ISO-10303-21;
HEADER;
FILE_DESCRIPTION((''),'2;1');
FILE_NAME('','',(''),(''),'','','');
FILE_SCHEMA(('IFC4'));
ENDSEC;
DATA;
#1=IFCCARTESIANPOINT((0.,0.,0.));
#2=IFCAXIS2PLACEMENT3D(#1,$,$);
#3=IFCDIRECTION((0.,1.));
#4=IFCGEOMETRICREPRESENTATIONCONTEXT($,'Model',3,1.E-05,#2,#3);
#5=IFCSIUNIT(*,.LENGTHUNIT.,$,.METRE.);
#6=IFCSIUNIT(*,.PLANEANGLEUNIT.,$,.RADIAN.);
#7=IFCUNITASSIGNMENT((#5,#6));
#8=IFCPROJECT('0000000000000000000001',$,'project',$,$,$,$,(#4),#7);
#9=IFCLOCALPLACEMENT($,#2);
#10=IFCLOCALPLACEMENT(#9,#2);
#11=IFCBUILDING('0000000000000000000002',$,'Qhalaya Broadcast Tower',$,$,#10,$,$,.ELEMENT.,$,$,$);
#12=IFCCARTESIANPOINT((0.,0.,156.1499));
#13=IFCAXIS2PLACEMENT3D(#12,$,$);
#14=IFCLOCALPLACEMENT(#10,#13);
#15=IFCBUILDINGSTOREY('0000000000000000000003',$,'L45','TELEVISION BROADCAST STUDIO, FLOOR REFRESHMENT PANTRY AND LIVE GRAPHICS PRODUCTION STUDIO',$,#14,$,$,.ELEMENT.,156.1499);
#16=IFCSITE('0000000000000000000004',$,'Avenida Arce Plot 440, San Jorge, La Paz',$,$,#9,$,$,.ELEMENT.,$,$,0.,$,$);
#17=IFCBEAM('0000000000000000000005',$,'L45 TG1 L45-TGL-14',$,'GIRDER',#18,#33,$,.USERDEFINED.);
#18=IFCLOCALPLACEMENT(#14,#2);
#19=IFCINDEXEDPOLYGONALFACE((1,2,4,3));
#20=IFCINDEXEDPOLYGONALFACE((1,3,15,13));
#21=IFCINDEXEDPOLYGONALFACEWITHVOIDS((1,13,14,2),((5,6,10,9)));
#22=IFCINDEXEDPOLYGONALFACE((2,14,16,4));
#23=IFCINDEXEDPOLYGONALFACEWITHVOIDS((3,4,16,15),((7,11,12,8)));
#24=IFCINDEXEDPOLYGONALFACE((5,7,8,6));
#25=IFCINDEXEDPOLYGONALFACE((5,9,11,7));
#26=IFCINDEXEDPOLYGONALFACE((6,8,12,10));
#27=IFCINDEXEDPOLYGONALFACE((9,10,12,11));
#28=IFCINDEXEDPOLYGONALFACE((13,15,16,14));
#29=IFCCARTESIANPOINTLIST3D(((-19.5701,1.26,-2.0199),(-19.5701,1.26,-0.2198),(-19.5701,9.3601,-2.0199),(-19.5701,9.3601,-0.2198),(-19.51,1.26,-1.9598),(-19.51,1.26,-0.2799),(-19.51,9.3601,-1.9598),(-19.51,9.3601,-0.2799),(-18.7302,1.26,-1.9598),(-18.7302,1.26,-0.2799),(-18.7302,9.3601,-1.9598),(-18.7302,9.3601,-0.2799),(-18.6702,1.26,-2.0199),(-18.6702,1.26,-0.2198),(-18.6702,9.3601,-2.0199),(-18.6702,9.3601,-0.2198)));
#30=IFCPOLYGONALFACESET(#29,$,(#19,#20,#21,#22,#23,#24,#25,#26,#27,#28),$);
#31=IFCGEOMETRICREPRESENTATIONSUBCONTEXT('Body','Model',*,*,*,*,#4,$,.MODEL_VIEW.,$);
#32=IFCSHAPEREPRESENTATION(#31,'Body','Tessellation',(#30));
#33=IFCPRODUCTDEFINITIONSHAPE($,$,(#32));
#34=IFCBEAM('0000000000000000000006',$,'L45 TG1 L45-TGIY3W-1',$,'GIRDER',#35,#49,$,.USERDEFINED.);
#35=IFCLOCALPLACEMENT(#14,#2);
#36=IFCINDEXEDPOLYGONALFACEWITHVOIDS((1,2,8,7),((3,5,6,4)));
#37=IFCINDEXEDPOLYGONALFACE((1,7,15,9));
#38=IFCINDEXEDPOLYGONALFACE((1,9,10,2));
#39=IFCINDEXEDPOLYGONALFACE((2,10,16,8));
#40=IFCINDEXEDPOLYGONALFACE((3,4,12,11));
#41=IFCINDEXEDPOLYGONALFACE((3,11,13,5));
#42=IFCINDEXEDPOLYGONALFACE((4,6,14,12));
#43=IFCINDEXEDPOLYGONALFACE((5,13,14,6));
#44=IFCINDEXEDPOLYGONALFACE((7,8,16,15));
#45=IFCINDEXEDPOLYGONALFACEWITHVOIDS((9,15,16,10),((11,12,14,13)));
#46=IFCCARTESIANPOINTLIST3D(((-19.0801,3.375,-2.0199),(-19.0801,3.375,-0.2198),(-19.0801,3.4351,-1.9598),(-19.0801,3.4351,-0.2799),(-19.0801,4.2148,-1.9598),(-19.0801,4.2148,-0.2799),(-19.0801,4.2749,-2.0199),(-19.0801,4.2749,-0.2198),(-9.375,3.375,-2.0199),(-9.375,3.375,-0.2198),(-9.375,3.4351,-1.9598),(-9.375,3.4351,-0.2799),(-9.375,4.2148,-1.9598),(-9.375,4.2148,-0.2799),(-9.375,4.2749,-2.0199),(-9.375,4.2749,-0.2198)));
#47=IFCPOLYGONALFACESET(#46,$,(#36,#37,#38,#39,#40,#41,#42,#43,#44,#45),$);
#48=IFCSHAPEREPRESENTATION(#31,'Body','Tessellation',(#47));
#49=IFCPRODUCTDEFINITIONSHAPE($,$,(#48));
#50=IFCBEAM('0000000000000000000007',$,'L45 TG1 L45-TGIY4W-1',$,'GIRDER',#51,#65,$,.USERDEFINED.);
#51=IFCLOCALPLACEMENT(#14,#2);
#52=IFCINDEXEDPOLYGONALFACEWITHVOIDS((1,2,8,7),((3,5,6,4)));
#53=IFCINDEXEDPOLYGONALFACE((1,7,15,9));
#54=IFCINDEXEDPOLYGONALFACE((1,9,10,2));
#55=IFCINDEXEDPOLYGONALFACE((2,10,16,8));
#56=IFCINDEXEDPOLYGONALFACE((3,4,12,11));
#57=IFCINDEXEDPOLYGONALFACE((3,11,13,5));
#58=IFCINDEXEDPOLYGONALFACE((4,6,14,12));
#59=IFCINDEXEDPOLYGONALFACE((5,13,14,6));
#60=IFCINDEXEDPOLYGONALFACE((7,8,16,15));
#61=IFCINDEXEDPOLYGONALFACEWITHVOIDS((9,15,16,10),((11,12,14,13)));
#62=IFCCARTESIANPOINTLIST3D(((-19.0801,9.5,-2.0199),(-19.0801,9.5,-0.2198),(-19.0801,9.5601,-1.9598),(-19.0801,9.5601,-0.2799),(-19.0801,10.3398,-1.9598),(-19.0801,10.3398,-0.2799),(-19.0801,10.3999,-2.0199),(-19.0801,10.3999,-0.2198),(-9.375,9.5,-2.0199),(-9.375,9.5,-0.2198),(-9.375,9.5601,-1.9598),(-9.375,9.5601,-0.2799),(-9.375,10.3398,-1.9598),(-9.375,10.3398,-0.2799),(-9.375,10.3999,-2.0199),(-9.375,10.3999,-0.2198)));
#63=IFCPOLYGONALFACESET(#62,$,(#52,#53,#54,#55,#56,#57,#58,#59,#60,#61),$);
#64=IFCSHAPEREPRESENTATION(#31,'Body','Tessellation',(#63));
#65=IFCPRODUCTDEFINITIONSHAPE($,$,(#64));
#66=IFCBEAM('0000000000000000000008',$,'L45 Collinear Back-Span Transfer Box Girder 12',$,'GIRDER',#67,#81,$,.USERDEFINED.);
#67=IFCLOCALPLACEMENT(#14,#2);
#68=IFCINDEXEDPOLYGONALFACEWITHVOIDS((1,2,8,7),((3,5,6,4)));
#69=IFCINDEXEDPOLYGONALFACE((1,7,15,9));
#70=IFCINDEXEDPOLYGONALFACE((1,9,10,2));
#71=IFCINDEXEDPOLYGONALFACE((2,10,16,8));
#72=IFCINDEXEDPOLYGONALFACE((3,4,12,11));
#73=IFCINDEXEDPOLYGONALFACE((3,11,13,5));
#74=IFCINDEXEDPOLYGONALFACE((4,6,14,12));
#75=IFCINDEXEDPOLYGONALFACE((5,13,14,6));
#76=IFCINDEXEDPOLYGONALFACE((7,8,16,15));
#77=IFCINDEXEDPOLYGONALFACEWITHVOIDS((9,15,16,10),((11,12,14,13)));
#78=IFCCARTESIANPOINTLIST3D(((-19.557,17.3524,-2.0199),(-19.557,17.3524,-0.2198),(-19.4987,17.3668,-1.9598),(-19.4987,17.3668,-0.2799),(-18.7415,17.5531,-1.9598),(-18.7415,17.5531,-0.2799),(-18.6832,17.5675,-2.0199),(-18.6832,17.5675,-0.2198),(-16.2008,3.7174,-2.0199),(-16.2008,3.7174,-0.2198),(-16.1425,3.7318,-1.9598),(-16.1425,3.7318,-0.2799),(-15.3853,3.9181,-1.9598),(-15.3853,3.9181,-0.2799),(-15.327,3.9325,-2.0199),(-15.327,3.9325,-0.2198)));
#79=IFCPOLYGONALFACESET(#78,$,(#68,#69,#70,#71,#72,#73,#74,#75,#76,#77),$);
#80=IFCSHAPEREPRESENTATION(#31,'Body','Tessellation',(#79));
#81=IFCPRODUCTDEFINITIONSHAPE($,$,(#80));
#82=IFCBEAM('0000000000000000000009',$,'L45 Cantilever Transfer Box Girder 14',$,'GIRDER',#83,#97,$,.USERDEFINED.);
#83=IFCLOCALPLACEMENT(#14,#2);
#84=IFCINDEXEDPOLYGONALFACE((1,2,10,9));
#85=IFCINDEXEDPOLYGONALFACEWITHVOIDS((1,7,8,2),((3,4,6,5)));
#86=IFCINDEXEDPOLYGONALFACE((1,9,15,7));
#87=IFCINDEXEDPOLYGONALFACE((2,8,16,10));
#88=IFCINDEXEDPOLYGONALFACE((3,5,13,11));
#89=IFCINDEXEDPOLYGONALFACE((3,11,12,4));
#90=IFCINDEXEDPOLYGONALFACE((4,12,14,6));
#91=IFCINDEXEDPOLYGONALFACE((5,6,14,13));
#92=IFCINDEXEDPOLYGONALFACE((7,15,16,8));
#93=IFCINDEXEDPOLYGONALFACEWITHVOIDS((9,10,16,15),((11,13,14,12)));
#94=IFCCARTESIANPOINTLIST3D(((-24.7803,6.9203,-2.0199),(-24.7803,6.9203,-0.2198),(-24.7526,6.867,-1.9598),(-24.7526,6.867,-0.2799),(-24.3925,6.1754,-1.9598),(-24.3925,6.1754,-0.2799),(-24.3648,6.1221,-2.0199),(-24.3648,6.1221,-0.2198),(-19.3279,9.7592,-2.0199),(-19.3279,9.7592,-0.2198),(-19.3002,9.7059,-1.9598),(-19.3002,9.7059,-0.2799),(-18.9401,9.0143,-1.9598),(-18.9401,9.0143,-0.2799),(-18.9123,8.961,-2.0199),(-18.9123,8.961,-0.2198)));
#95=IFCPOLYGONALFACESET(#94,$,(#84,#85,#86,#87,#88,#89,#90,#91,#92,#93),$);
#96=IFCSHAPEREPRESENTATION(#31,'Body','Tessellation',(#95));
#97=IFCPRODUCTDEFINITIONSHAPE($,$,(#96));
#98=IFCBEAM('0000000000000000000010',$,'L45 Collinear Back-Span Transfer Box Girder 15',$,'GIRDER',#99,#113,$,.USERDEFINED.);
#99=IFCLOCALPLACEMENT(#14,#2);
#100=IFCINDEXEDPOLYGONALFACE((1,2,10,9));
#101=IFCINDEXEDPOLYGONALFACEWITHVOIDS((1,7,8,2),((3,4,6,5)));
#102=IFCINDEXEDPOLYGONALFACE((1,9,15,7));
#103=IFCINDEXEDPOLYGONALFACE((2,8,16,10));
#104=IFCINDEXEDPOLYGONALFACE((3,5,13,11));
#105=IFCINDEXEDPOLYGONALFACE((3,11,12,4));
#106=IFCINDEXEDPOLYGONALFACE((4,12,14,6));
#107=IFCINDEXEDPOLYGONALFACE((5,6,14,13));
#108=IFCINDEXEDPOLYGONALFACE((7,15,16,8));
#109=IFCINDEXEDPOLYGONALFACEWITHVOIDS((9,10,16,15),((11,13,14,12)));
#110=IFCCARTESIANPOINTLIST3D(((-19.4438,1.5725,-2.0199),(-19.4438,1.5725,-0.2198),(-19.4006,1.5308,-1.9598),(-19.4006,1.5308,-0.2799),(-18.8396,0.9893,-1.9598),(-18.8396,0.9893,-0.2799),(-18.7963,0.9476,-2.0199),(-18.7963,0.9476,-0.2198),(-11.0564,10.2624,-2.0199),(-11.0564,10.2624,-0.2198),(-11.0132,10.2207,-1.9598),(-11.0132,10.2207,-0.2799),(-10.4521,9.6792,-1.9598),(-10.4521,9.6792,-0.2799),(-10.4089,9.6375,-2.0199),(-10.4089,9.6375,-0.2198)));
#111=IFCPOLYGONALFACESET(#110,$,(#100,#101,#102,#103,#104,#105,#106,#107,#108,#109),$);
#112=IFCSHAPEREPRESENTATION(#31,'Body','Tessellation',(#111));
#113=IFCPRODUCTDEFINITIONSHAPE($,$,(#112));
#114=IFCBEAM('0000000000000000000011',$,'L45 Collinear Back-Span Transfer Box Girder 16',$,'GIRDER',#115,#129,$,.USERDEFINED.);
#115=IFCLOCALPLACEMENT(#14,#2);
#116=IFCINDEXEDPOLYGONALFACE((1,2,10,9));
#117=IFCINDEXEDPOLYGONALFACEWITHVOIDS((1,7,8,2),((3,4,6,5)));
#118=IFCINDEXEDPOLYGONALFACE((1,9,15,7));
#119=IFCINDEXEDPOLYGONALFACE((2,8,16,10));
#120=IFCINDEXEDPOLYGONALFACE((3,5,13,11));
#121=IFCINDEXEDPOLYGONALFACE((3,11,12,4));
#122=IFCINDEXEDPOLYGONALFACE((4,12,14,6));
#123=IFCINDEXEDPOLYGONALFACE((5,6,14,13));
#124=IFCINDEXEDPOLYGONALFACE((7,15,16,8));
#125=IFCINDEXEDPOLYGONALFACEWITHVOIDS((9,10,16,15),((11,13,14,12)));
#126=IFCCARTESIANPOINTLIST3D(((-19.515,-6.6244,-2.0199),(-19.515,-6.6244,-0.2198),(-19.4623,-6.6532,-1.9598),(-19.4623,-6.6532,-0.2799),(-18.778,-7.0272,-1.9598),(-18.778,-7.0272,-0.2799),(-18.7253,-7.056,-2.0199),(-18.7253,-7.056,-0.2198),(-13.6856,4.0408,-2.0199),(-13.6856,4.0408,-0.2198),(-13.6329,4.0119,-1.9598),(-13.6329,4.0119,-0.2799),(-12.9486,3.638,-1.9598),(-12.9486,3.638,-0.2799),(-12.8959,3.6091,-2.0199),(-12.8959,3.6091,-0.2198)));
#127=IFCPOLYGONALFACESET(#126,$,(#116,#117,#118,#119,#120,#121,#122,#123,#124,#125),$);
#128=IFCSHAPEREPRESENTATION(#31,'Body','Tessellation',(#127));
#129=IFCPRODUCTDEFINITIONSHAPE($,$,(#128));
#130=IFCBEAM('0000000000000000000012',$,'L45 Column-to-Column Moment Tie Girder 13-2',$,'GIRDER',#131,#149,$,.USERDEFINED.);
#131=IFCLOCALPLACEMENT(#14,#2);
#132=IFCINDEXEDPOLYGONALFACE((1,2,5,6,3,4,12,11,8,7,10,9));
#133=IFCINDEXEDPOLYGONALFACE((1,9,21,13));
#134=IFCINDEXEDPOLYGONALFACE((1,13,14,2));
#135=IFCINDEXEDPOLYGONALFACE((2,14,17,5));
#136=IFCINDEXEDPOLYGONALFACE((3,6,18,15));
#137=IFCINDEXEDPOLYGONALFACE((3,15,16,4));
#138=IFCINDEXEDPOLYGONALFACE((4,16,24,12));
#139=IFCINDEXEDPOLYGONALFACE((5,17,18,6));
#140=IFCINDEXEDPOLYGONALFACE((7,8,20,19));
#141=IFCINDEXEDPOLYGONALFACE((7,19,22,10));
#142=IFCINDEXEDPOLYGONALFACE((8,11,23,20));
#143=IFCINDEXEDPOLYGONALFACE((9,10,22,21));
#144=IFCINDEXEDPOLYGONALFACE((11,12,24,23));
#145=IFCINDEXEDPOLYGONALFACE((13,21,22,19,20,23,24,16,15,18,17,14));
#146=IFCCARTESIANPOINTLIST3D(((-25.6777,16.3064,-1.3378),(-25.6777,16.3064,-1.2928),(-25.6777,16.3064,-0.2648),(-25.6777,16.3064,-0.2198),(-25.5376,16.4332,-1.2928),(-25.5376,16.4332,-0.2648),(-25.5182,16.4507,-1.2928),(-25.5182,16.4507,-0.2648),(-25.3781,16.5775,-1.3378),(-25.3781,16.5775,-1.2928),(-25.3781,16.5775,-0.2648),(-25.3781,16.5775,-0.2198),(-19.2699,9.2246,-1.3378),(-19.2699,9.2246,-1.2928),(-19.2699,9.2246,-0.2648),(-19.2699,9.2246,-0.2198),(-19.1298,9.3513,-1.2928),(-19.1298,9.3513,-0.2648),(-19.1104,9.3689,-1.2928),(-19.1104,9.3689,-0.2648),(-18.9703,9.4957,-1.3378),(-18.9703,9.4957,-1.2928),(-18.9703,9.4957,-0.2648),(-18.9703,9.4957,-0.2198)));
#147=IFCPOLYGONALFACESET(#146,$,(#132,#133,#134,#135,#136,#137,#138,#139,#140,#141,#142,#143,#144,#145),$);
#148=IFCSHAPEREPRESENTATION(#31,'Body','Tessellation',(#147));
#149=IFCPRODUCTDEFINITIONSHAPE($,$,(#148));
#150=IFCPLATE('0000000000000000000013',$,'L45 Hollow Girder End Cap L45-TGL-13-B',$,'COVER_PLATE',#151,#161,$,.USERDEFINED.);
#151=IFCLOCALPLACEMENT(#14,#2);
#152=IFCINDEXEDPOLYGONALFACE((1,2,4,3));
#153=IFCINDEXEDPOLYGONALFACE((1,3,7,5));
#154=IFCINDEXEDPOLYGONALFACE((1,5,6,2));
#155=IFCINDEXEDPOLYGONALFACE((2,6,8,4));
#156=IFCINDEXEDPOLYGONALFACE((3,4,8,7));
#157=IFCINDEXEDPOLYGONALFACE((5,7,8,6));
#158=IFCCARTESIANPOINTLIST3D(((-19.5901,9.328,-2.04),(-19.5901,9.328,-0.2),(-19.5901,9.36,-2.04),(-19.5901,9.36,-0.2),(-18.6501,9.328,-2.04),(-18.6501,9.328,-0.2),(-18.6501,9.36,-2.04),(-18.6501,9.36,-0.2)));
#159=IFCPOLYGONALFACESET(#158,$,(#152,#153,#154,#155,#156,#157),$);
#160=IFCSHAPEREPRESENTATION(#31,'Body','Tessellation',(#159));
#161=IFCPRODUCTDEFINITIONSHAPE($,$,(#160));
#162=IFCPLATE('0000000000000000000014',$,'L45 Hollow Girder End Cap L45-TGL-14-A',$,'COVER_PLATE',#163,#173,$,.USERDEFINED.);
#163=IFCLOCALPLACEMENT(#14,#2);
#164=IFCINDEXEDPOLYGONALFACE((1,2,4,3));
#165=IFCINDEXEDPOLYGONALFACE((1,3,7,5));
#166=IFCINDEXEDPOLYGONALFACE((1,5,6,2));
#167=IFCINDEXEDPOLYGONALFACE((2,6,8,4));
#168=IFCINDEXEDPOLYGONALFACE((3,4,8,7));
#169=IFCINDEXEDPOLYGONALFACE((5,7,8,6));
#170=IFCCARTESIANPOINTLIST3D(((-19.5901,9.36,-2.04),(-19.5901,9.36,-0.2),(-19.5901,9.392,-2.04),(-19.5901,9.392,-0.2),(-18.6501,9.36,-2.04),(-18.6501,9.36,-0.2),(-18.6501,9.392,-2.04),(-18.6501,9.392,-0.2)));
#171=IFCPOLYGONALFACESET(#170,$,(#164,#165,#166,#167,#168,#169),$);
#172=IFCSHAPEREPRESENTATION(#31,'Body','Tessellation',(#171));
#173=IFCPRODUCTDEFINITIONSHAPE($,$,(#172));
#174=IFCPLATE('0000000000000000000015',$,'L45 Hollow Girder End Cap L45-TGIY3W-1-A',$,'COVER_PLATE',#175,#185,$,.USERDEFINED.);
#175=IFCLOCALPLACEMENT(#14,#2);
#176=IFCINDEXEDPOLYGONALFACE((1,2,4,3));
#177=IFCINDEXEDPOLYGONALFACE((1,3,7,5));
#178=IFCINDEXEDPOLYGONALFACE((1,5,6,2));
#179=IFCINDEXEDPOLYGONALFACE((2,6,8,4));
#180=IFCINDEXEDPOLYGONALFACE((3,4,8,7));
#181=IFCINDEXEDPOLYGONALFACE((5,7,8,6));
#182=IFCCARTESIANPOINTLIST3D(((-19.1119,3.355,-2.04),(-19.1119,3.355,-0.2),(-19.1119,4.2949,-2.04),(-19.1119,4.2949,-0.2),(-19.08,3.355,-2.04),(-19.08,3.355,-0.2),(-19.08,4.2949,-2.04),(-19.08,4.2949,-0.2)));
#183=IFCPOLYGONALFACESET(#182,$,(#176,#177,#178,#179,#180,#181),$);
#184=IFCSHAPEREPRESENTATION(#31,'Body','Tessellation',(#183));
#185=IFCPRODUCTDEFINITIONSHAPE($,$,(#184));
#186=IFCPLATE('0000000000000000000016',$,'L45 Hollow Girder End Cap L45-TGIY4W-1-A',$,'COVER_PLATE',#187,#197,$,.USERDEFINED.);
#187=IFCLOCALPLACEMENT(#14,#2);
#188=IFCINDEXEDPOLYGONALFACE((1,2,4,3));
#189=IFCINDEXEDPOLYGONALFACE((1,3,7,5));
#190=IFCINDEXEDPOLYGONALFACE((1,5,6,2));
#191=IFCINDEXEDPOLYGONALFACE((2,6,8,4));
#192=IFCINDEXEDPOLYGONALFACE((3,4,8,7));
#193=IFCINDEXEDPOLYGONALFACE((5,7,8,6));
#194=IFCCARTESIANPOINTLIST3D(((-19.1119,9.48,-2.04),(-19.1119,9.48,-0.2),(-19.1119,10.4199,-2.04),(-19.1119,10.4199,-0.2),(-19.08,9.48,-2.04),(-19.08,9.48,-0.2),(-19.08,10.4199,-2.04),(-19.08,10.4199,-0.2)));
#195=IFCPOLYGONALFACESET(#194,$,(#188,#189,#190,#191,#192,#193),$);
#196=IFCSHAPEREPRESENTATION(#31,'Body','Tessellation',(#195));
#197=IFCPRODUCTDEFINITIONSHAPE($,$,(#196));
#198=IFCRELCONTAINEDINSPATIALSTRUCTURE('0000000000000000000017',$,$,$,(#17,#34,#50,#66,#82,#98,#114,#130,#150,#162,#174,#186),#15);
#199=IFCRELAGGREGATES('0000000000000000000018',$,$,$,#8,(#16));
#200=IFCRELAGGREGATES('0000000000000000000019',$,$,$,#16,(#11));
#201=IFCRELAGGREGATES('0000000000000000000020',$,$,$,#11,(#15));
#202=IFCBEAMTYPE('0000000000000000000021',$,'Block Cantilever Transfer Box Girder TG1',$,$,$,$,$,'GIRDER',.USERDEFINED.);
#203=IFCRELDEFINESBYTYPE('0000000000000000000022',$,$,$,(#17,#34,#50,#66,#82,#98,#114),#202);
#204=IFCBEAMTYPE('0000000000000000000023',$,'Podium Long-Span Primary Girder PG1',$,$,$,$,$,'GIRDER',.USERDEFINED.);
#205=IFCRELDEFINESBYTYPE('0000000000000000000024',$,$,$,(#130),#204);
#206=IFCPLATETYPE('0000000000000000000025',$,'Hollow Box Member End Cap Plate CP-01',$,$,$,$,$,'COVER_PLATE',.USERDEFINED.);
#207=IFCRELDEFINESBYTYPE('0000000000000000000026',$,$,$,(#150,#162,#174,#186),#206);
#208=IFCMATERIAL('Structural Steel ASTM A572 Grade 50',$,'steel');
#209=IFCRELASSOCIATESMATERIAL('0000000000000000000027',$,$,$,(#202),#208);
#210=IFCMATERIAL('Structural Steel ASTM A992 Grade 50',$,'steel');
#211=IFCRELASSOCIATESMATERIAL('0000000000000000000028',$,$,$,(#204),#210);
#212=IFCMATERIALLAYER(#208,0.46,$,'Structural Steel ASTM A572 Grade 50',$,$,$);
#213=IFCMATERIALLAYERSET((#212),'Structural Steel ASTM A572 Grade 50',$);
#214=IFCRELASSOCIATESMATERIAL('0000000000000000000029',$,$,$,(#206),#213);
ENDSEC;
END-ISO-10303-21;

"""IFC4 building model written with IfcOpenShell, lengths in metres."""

from ifc_helpers import new_model, si_unit, direction, frame, origin, origin_2d, place, context, subcontext, project, spatial, rectangle, hollow_rectangle, i_section, extrude, material, layer, layer_set, material_profile, profile_set, type_object, element, save


model = new_model("IFC4")

# Units and contexts
model_context = context("Model", 3, precision=1e-05, world=origin(), true_north=direction((0.0, 1.0)))
body_context = subcontext(model_context, "Body", "Model", "MODEL_VIEW")
ifc_project = project(units=[si_unit("LENGTHUNIT", "METRE"), si_unit("PLANEANGLEUNIT", "RADIAN")], contexts=[model_context])

# Site, building, storey
site_placement = place(None, origin())
site = spatial("IfcSite", under=ifc_project, at=site_placement, Name="Avenida Arce Plot 440, San Jorge, La Paz", CompositionType="ELEMENT", RefElevation=0.0)
building_placement = place(site_placement, origin())
building = spatial("IfcBuilding", under=site, at=building_placement, Name="Qhalaya Broadcast Tower", CompositionType="ELEMENT")
storey_placement = place(building_placement, frame((0.0, 0.0, 156.1499)))
storey = spatial("IfcBuildingStorey", under=building, at=storey_placement, Name="L45", Description="TELEVISION BROADCAST STUDIO, FLOOR REFRESHMENT PANTRY AND LIVE GRAPHICS PRODUCTION STUDIO", CompositionType="ELEMENT", Elevation=156.1499)

# Beams
ifc_material_1 = material(Name="Structural Steel ASTM A572 Grade 50", Category="steel")
ifc_material_profile_1 = material_profile(ifc_material_1, hollow_rectangle(XDim=0.8999, YDim=1.8, WallThickness=0.0601, at=origin_2d()), Name="BOX 900x1800x60")
ifc_profile_set_1 = profile_set([ifc_material_profile_1], Name="Structural Steel ASTM A572 Grade 50")
beam_type_1 = type_object("IfcBeamType", Name="Block Cantilever Transfer Box Girder TG1", ElementType="GIRDER", PredefinedType="USERDEFINED", material=ifc_profile_set_1)
beam_1_placement = place(storey_placement, frame((-19.1201, 9.3601, -1.1199), z_axis=(0.0, -1.0, 0.0), x_axis=(1.0, 0.0, 0.0)))
element("IfcBeam", 1, at=beam_1_placement, inside=storey, type_object=beam_type_1, Name="L45 TG1 L45-TGL-14", ObjectType="GIRDER", PredefinedType="USERDEFINED", context=body_context, shape_type="SweptSolid", body=[
    extrude(hollow_rectangle(XDim=0.8999, YDim=1.8, WallThickness=0.0601, at=origin_2d()), origin(), (0.0, 0.0, 1.0), 8.1001),
])
for number, where, z_axis, x_axis, name in (
    (2, (-19.0801, 3.825, -1.1199), (1.0, 0.0, 0.0), (0.0, 1.0, 0.0), "L45 TG1 L45-TGIY3W-1"),
    (3, (-19.0801, 9.95, -1.1199), (1.0, 0.0, 0.0), (0.0, 1.0, 0.0), "L45 TG1 L45-TGIY4W-1"),
):
    element("IfcBeam", number, at=place(storey_placement, frame(where, z_axis=z_axis, x_axis=x_axis)), inside=storey, type_object=beam_type_1, Name=name, ObjectType="GIRDER", PredefinedType="USERDEFINED", context=body_context, shape_type="SweptSolid", body=[
        extrude(hollow_rectangle(XDim=0.8999, YDim=1.8, WallThickness=0.0601, at=origin_2d()), origin(), (0.0, 0.0, 1.0), 9.7051),
    ])
beam_2_placement = place(storey_placement, frame((-15.7639, 3.825, -1.1199), z_axis=(-0.239012, 0.971017, 0.0), x_axis=(-0.971017, -0.239012, 0.0)))
element("IfcBeam", 4, at=beam_2_placement, inside=storey, type_object=beam_type_1, Name="L45 Collinear Back-Span Transfer Box Girder 12", ObjectType="GIRDER", PredefinedType="USERDEFINED", context=body_context, shape_type="SweptSolid", body=[
    extrude(hollow_rectangle(XDim=0.8999, YDim=1.8, WallThickness=0.0601, at=origin_2d()), origin(), (0.0, 0.0, 1.0), 14.042),
])
beam_3_placement = place(storey_placement, frame((-19.1201, 9.3601, -1.1199), z_axis=(-0.886975, -0.461817, 0.0), x_axis=(0.461817, -0.886975, 0.0)))
element("IfcBeam", 5, at=beam_3_placement, inside=storey, type_object=beam_type_1, Name="L45 Cantilever Transfer Box Girder 14", ObjectType="GIRDER", PredefinedType="USERDEFINED", context=body_context, shape_type="SweptSolid", body=[
    extrude(hollow_rectangle(XDim=0.8999, YDim=1.8, WallThickness=0.0601, at=origin_2d()), origin(), (0.0, 0.0, 1.0), 6.1472),
])
beam_4_placement = place(storey_placement, frame((-10.7327, 9.95, -1.1199), z_axis=(-0.694473, -0.719519, 0.0), x_axis=(0.719519, -0.694473, 0.0)))
element("IfcBeam", 6, at=beam_4_placement, inside=storey, type_object=beam_type_1, Name="L45 Collinear Back-Span Transfer Box Girder 15", ObjectType="GIRDER", PredefinedType="USERDEFINED", context=body_context, shape_type="SweptSolid", body=[
    extrude(hollow_rectangle(XDim=0.8999, YDim=1.8, WallThickness=0.0601, at=origin_2d()), origin(), (0.0, 0.0, 1.0), 12.0774),
])
beam_5_placement = place(storey_placement, frame((-13.2908, 3.825, -1.1199), z_axis=(-0.479616, -0.877478, 0.0), x_axis=(0.877478, -0.479616, 0.0)))
element("IfcBeam", 7, at=beam_5_placement, inside=storey, type_object=beam_type_1, Name="L45 Collinear Back-Span Transfer Box Girder 16", ObjectType="GIRDER", PredefinedType="USERDEFINED", context=body_context, shape_type="SweptSolid", body=[
    extrude(hollow_rectangle(XDim=0.8999, YDim=1.8, WallThickness=0.0601, at=origin_2d()), origin(), (0.0, 0.0, 1.0), 12.1543),
])
ifc_material_2 = material(Name="Structural Steel ASTM A992 Grade 50", Category="steel")
ifc_material_profile_2 = material_profile(ifc_material_2, i_section(OverallWidth=0.4041, OverallDepth=1.1179, WebThickness=0.0261, FlangeThickness=0.0449, at=origin_2d()), Name="W44X335")
ifc_profile_set_2 = profile_set([ifc_material_profile_2], Name="Structural Steel ASTM A992 Grade 50")
beam_type_2 = type_object("IfcBeamType", Name="Podium Long-Span Primary Girder PG1", ElementType="GIRDER", PredefinedType="USERDEFINED", material=ifc_profile_set_2)
beam_6_placement = place(storey_placement, frame((-19.1201, 9.3601, -0.7788), z_axis=(-0.670935, 0.741516, 0.0), x_axis=(-0.741516, -0.670935, 0.0)))
element("IfcBeam", 8, at=beam_6_placement, inside=storey, type_object=beam_type_2, Name="L45 Column-to-Column Moment Tie Girder 13-2", ObjectType="GIRDER", PredefinedType="USERDEFINED", context=body_context, shape_type="SweptSolid", body=[
    extrude(i_section(OverallWidth=0.4041, OverallDepth=1.1179, WebThickness=0.0261, FlangeThickness=0.0449, at=origin_2d()), origin(), (0.0, 0.0, 1.0), 9.5505),
])

# Plates
ifc_layer_1 = layer(ifc_material_1, 0.46, Name="Structural Steel ASTM A572 Grade 50")
ifc_layer_set_1 = layer_set([ifc_layer_1], Name="Structural Steel ASTM A572 Grade 50")
plate_type = type_object("IfcPlateType", Name="Hollow Box Member End Cap Plate CP-01", ElementType="COVER_PLATE", PredefinedType="USERDEFINED", material=ifc_layer_set_1)
for number, where, z_axis, x_axis, name in (
    (9, (-19.1201, 9.344, -2.04), (0.0, 0.0, 1.0), (1.0, 0.0, 0.0), "L45 Hollow Girder End Cap L45-TGL-13-B"),
    (10, (-19.1201, 9.376, -2.04), (0.0, 0.0, 1.0), (1.0, 0.0, 0.0), "L45 Hollow Girder End Cap L45-TGL-14-A"),
    (11, (-19.0959, 3.825, -2.04), (0.0, 0.0, 1.0), (0.0, 1.0, 0.0), "L45 Hollow Girder End Cap L45-TGIY3W-1-A"),
    (12, (-19.0959, 9.95, -2.04), (0.0, 0.0, 1.0), (0.0, 1.0, 0.0), "L45 Hollow Girder End Cap L45-TGIY4W-1-A"),
):
    element("IfcPlate", number, at=place(storey_placement, frame(where, z_axis=z_axis, x_axis=x_axis)), inside=storey, type_object=plate_type, Name=name, ObjectType="COVER_PLATE", PredefinedType="USERDEFINED", context=body_context, shape_type="SweptSolid", body=[
        extrude(rectangle(XDim=0.9399, YDim=0.032, at=origin_2d()), origin(), (0.0, 0.0, 1.0), 1.8401),
    ])

save(model, "model.ifc")
